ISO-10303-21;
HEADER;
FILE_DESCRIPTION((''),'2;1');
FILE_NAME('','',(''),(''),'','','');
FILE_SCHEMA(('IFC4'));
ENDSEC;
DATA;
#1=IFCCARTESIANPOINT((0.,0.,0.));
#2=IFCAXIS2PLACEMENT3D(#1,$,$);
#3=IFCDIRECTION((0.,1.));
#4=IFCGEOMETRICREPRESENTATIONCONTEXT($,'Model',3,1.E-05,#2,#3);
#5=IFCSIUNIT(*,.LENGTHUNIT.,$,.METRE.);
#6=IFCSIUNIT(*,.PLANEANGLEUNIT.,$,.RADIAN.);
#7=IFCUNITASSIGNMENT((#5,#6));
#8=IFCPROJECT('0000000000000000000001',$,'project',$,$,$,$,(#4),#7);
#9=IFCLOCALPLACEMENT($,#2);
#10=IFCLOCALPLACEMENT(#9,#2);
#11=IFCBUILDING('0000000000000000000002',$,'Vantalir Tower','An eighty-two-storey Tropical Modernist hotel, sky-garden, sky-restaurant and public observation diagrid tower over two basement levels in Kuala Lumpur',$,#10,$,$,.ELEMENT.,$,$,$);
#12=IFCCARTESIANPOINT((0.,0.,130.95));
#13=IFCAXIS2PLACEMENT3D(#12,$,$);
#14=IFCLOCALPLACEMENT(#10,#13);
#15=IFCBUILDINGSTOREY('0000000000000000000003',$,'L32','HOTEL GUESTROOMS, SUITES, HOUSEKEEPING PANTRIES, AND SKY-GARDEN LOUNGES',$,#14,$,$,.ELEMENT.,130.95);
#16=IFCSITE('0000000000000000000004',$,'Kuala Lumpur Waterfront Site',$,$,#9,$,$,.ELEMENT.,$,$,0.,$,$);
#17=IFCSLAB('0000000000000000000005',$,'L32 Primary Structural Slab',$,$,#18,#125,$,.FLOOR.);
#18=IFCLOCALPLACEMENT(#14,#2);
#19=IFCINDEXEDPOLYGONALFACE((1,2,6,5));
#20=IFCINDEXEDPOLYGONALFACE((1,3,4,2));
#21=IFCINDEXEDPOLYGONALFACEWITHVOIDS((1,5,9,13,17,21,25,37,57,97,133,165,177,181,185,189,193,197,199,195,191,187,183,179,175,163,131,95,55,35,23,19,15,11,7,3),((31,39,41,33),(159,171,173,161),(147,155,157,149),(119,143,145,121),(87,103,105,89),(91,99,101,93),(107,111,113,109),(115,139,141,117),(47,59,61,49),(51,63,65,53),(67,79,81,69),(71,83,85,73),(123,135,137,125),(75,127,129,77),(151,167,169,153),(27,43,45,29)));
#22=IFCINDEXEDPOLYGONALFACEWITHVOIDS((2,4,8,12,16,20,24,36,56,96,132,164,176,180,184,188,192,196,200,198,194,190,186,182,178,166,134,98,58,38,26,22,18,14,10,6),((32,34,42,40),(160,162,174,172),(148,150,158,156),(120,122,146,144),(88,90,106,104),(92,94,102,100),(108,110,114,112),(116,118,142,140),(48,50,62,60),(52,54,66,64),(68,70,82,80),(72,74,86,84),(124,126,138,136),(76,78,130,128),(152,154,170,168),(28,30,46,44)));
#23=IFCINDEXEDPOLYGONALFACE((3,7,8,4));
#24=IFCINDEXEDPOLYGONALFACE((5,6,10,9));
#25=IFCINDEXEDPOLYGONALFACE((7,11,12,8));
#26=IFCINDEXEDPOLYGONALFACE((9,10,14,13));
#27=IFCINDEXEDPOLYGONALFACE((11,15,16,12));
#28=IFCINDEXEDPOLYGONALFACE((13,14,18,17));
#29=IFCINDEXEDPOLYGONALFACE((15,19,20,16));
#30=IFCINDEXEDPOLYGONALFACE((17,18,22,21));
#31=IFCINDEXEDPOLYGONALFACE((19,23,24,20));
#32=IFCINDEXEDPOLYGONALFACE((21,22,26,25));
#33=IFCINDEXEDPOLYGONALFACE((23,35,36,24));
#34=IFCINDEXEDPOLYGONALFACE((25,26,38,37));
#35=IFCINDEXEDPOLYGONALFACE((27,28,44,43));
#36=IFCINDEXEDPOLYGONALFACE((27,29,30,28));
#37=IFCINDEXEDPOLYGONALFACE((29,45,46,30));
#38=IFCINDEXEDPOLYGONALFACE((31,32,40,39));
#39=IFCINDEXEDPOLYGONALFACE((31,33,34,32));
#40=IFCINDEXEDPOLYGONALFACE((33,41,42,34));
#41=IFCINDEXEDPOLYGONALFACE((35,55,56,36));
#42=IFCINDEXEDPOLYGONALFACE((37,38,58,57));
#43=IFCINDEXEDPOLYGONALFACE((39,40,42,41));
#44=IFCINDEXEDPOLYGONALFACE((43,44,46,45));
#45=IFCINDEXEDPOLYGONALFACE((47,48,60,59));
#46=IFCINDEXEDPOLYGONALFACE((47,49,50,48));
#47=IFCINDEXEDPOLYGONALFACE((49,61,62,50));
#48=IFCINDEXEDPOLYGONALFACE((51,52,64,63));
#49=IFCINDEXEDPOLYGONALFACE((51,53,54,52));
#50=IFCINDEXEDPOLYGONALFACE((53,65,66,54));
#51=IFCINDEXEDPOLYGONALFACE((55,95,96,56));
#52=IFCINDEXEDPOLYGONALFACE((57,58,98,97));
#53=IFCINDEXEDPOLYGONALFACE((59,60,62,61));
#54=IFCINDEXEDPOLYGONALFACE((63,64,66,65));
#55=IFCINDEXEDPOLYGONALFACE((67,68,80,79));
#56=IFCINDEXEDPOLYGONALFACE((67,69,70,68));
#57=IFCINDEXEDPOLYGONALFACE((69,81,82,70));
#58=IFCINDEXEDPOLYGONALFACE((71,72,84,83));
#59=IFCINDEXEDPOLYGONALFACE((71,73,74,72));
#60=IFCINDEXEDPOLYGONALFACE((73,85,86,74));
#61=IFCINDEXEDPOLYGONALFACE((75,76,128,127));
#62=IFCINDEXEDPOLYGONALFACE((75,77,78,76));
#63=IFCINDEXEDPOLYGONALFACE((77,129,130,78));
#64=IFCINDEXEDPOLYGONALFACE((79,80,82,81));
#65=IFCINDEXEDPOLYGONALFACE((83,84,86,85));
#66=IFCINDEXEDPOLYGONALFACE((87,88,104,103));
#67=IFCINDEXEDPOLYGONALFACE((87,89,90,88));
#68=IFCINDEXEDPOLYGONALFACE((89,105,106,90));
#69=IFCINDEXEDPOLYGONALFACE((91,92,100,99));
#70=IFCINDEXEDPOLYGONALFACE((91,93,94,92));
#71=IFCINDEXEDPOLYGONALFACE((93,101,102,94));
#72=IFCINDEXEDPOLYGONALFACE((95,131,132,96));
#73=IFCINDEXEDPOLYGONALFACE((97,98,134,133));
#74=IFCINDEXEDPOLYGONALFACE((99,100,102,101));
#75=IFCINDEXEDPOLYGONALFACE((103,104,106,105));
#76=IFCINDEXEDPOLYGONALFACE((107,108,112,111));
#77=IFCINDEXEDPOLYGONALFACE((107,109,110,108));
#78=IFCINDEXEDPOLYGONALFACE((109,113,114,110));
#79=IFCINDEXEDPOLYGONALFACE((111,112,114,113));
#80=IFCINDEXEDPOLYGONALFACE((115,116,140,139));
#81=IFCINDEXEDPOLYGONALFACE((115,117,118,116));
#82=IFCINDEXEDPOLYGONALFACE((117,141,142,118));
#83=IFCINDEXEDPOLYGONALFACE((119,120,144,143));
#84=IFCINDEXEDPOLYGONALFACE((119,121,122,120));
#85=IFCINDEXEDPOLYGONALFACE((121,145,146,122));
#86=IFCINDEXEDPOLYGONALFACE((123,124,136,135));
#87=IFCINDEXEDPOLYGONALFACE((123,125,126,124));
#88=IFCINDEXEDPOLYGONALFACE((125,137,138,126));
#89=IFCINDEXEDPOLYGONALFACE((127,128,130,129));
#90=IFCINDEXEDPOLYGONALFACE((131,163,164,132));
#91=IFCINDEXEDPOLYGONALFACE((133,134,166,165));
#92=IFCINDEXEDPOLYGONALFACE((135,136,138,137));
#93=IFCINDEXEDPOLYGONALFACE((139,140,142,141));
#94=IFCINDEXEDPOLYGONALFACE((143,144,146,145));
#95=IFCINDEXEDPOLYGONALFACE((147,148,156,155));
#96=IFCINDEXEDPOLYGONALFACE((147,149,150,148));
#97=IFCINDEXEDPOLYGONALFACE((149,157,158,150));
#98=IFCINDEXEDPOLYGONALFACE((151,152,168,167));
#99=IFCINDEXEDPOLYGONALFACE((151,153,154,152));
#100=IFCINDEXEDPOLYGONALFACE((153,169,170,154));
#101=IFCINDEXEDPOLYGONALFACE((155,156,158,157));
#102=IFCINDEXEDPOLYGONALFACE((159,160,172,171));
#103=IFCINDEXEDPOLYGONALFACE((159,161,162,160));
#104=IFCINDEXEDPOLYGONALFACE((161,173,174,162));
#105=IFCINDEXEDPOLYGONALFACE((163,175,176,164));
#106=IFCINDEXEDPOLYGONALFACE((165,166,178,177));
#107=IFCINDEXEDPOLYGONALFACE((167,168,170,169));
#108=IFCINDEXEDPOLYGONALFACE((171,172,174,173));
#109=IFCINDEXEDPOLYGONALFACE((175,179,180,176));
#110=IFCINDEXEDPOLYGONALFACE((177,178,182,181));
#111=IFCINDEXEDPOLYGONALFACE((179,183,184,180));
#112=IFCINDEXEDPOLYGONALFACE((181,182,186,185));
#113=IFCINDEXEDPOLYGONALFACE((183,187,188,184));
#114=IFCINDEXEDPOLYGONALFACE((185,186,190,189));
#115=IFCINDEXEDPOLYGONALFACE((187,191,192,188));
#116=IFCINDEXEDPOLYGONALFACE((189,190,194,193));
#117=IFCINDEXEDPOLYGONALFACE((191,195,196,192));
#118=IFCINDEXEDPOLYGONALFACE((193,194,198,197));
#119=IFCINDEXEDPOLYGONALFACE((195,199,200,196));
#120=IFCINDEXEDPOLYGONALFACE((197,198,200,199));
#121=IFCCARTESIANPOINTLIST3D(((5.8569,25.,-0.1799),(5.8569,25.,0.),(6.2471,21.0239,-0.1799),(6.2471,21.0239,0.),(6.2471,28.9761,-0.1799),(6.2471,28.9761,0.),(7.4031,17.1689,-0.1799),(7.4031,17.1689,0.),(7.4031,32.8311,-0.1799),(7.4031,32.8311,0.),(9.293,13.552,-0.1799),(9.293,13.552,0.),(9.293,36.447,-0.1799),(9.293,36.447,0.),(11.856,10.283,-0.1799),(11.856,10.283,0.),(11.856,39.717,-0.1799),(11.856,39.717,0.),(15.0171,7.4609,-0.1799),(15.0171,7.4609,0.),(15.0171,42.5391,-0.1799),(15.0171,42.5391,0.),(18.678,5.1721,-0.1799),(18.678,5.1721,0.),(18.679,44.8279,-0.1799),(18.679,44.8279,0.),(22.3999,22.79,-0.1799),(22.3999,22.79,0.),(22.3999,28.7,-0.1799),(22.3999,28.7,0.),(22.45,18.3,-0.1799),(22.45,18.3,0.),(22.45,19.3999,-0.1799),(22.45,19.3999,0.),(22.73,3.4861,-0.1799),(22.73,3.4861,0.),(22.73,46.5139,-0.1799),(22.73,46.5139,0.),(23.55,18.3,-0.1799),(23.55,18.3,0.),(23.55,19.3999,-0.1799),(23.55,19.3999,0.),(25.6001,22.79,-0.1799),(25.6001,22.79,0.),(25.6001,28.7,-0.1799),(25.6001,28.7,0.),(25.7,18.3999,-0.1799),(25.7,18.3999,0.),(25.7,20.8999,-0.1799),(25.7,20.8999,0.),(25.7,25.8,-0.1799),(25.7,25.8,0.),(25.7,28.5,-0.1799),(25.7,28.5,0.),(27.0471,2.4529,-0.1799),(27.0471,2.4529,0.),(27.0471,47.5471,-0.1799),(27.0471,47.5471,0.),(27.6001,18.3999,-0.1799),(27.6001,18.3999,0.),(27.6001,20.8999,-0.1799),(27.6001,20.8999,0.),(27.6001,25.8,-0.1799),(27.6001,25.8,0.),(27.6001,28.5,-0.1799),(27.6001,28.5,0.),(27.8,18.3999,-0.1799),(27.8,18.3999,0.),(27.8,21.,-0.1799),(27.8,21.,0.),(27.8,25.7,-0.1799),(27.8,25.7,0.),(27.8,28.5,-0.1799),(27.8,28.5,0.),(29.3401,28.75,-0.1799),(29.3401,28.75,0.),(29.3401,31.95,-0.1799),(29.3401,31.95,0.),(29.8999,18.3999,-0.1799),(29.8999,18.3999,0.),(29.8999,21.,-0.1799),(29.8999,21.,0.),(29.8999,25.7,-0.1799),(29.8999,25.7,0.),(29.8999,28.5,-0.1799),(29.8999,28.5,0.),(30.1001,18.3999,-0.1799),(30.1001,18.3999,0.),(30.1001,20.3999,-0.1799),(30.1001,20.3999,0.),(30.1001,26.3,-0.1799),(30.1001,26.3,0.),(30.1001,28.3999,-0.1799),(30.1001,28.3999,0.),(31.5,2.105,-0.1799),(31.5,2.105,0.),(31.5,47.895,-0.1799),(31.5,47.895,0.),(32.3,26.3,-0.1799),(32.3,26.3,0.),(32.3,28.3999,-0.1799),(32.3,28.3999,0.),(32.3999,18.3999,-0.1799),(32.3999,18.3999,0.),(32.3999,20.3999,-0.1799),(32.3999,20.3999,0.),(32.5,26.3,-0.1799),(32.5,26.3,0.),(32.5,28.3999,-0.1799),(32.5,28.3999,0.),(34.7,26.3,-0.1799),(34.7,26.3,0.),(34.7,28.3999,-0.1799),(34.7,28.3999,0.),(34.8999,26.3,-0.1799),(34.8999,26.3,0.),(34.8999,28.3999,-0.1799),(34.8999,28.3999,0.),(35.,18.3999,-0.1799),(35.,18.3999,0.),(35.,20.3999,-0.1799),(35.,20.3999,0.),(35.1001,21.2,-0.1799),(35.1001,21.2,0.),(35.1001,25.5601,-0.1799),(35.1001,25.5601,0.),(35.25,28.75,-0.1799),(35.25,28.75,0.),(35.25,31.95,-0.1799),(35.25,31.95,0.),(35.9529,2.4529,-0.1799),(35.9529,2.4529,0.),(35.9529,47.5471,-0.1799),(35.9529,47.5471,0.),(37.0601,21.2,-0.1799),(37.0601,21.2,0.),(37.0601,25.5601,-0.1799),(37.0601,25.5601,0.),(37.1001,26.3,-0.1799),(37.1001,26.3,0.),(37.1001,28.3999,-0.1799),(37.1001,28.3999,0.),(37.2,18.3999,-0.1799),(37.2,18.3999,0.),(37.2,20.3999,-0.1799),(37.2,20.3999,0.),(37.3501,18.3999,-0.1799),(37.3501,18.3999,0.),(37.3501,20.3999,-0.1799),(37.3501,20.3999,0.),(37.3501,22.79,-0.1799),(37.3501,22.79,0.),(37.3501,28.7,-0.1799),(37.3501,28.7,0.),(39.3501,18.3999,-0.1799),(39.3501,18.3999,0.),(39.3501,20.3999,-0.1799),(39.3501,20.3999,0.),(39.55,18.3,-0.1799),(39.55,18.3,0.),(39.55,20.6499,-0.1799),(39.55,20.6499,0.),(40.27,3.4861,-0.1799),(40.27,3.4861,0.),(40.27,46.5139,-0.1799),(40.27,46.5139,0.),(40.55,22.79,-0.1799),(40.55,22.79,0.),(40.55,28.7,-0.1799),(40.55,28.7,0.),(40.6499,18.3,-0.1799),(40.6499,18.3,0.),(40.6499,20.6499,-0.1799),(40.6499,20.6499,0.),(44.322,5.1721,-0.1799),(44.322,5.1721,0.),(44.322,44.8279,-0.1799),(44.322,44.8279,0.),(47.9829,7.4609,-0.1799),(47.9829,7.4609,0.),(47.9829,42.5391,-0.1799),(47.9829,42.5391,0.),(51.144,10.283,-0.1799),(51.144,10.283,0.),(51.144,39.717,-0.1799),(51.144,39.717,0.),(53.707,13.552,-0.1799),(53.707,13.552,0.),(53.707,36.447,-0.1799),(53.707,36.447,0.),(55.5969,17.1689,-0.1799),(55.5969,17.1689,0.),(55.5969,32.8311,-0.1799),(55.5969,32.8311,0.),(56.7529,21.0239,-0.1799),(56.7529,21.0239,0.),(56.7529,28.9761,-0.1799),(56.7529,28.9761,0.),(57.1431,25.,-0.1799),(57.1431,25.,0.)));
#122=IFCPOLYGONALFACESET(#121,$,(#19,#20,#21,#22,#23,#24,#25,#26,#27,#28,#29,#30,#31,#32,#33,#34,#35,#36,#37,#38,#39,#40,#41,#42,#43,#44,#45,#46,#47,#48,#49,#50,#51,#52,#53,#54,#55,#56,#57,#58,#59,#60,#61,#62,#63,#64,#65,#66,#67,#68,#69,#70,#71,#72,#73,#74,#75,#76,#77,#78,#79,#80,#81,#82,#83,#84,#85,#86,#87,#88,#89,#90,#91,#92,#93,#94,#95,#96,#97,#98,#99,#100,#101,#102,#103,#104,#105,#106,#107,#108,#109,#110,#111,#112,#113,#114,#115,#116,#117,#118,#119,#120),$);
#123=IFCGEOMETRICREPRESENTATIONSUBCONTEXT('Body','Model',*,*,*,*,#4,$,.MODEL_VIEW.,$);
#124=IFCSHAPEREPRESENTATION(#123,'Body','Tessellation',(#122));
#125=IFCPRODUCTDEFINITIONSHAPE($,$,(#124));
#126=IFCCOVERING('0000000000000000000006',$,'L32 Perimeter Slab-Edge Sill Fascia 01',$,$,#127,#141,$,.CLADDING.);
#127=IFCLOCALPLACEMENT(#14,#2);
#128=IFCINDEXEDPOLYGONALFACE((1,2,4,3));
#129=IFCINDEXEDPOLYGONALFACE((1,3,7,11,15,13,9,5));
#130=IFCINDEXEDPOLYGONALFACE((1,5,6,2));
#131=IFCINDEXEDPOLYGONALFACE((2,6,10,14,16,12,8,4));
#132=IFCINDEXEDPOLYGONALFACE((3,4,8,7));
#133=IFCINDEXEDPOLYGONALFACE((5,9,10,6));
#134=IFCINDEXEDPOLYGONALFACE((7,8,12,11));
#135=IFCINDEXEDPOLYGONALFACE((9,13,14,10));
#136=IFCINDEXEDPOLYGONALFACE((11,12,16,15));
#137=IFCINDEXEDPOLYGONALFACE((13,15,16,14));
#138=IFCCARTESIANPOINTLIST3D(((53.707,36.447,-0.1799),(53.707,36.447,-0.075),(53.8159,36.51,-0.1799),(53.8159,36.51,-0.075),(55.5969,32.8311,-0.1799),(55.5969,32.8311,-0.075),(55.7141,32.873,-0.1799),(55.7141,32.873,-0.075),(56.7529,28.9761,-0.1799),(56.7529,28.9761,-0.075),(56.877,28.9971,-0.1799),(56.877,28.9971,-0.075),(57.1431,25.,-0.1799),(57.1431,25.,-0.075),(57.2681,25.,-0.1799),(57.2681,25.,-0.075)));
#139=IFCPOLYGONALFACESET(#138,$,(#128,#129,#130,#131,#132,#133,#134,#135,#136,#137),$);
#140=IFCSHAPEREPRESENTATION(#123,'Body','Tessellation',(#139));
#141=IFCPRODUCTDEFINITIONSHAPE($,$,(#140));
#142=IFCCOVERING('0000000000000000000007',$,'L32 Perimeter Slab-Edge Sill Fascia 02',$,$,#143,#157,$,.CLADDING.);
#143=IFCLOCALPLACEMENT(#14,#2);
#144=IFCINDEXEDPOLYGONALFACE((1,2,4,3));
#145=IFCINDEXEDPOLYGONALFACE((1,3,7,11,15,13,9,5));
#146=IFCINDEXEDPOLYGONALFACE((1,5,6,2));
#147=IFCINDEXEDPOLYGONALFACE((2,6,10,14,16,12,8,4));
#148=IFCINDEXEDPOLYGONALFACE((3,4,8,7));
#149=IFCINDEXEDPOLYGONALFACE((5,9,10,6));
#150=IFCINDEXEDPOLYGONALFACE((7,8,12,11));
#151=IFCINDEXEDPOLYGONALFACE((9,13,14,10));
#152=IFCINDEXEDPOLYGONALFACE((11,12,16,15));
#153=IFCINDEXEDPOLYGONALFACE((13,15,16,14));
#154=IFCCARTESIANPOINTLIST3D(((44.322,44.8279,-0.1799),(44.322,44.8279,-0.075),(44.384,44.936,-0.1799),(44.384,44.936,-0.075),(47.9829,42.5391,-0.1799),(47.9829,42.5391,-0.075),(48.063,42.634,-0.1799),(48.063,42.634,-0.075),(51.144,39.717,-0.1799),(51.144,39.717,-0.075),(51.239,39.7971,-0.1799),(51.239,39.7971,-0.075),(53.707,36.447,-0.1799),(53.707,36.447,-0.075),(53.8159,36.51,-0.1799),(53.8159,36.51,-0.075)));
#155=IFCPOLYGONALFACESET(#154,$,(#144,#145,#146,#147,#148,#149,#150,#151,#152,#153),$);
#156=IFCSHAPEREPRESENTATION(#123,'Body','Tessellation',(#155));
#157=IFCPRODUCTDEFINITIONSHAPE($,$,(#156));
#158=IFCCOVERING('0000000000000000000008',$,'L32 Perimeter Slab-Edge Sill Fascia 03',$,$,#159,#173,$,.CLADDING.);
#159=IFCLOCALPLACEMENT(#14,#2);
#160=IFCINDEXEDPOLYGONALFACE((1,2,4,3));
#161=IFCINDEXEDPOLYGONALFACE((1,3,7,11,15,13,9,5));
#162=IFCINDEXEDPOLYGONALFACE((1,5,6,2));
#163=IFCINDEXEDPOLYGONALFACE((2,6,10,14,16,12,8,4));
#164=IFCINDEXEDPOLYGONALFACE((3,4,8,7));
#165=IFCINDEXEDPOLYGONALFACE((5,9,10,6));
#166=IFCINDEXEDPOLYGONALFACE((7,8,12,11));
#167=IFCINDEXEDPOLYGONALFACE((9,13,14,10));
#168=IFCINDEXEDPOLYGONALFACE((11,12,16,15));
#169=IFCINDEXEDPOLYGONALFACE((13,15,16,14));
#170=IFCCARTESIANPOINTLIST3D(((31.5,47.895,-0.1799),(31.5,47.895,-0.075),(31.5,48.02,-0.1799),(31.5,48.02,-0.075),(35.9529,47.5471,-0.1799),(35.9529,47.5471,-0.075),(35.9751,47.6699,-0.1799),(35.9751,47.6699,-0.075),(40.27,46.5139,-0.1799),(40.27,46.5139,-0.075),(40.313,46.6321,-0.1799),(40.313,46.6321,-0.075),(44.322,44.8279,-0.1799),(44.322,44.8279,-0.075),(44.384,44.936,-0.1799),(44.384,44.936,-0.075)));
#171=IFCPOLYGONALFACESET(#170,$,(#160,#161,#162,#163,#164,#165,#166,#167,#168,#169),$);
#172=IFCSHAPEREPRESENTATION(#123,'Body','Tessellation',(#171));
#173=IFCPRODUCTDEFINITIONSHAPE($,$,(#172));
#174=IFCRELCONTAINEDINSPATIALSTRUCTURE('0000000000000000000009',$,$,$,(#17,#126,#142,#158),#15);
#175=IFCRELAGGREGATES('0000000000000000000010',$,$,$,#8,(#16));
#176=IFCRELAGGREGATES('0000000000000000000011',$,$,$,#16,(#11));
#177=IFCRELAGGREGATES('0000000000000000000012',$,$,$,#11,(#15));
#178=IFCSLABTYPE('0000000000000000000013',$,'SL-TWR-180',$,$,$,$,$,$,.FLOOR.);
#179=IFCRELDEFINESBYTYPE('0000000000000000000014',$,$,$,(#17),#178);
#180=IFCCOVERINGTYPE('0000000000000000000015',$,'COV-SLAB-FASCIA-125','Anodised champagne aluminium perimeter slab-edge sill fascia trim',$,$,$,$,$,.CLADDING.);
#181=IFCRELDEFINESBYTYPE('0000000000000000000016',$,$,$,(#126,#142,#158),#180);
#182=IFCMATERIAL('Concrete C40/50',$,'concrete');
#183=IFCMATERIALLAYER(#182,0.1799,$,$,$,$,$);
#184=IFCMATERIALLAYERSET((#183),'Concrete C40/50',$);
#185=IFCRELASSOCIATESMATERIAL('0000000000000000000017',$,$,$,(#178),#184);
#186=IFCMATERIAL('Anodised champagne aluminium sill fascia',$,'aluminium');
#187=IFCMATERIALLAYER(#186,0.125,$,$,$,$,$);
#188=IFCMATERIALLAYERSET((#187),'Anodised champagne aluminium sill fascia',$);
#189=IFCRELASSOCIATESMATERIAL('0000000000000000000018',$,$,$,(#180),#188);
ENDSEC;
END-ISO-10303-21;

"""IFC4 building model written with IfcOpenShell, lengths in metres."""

from ifc_helpers import new_model, si_unit, direction, frame, origin, place, context, subcontext, project, spatial, polyline, outline, extrude, material, layer, layer_set, type_object, element, save


model = new_model("IFC4")

# Units and contexts
model_context = context("Model", 3, precision=1e-05, world=origin(), true_north=direction((0.0, 1.0)))
body_context = subcontext(model_context, "Body", "Model", "MODEL_VIEW")
ifc_project = project(units=[si_unit("LENGTHUNIT", "METRE"), si_unit("PLANEANGLEUNIT", "RADIAN")], contexts=[model_context])

# Site, building, storey
site_placement = place(None, origin())
site = spatial("IfcSite", under=ifc_project, at=site_placement, Name="Kuala Lumpur Waterfront Site", CompositionType="ELEMENT", RefElevation=0.0)
building_placement = place(site_placement, origin())
building = spatial("IfcBuilding", under=site, at=building_placement, Name="Vantalir Tower", Description="An eighty-two-storey Tropical Modernist hotel, sky-garden, sky-restaurant and public observation diagrid tower over two basement levels in Kuala Lumpur", CompositionType="ELEMENT")
storey_placement = place(building_placement, frame((0.0, 0.0, 130.95)))
storey = spatial("IfcBuildingStorey", under=building, at=storey_placement, Name="L32", Description="HOTEL GUESTROOMS, SUITES, HOUSEKEEPING PANTRIES, AND SKY-GARDEN LOUNGES", CompositionType="ELEMENT", Elevation=130.95)

# Shared definitions
ifc_material_1 = material(Name="Concrete C40/50", Category="concrete")

# Slab
ifc_layer_1 = layer(ifc_material_1, 0.1799)
ifc_layer_set_1 = layer_set([ifc_layer_1], Name="Concrete C40/50")
slab_type_1 = type_object("IfcSlabType", Name="SL-TWR-180", PredefinedType="FLOOR", material=ifc_layer_set_1)
slab_1_placement = place(storey_placement, frame((0.0, 0.0, -0.1799)))
element("IfcSlab", 1, at=slab_1_placement, inside=storey, type_object=slab_type_1, Name="L32 Primary Structural Slab", PredefinedType="FLOOR", context=body_context, shape_type="SweptSolid", body=[
    extrude(outline(polyline([(9.293, 13.552), (11.856, 10.283), (15.0171, 7.4609), (18.678, 5.1721), (22.73, 3.4861), (27.0471, 2.4529), (31.5, 2.105), (35.9529, 2.4529), (40.27, 3.4861), (44.322, 5.1721), (47.9829, 7.4609), (51.144, 10.283), (53.707, 13.552), (55.5969, 17.1689), (56.7529, 21.0239), (57.1431, 25.0), (56.7529, 28.9761), (55.5969, 32.8311), (53.707, 36.447), (51.144, 39.717), (47.9829, 42.5391), (44.322, 44.8279), (40.27, 46.5139), (35.9529, 47.5471), (31.5, 47.895), (27.0471, 47.5471), (22.73, 46.5139), (18.679, 44.8279), (15.0171, 42.5391), (11.856, 39.717), (9.293, 36.447), (7.4031, 32.8311), (6.2471, 28.9761), (5.8569, 25.0), (6.2471, 21.0239), (7.4031, 17.1689), (9.293, 13.552)]), holes=[polyline([(22.3999, 22.79), (22.3999, 28.7), (25.6001, 28.7), (25.6001, 22.79), (22.3999, 22.79)]), polyline([(37.3501, 28.7), (40.55, 28.7), (40.55, 22.79), (37.3501, 22.79), (37.3501, 28.7)]), polyline([(35.25, 28.75), (29.3401, 28.75), (29.3401, 31.95), (35.25, 31.95), (35.25, 28.75)]), polyline([(27.6001, 18.3999), (25.7, 18.3999), (25.7, 20.8999), (27.6001, 20.8999), (27.6001, 18.3999)]), polyline([(25.7, 25.8), (25.7, 28.5), (27.6001, 28.5), (27.6001, 25.8), (25.7, 25.8)]), polyline([(27.8, 21.0), (29.8999, 21.0), (29.8999, 18.3999), (27.8, 18.3999), (27.8, 21.0)]), polyline([(29.8999, 28.5), (29.8999, 25.7), (27.8, 25.7), (27.8, 28.5), (29.8999, 28.5)]), polyline([(32.3999, 18.3999), (30.1001, 18.3999), (30.1001, 20.3999), (32.3999, 20.3999), (32.3999, 18.3999)]), polyline([(37.3501, 18.3999), (37.3501, 20.3999), (39.3501, 20.3999), (39.3501, 18.3999), (37.3501, 18.3999)]), polyline([(35.0, 20.3999), (37.2, 20.3999), (37.2, 18.3999), (35.0, 18.3999), (35.0, 20.3999)]), polyline([(32.3, 28.3999), (32.3, 26.3), (30.1001, 26.3), (30.1001, 28.3999), (32.3, 28.3999)]), polyline([(34.7, 26.3), (32.5, 26.3), (32.5, 28.3999), (34.7, 28.3999), (34.7, 26.3)]), polyline([(34.8999, 26.3), (34.8999, 28.3999), (37.1001, 28.3999), (37.1001, 26.3), (34.8999, 26.3)]), polyline([(35.1001, 25.5601), (37.0601, 25.5601), (37.0601, 21.2), (35.1001, 21.2), (35.1001, 25.5601)]), polyline([(23.55, 19.3999), (23.55, 18.3), (22.45, 18.3), (22.45, 19.3999), (23.55, 19.3999)]), polyline([(40.6499, 18.3), (39.55, 18.3), (39.55, 20.6499), (40.6499, 20.6499), (40.6499, 18.3)])]), origin(), (0.0, 0.0, 1.0), 0.1799),
])

# Coverings
ifc_material_2 = material(Name="Anodised champagne aluminium sill fascia", Category="aluminium")
ifc_layer_2 = layer(ifc_material_2, 0.125)
ifc_layer_set_2 = layer_set([ifc_layer_2], Name="Anodised champagne aluminium sill fascia")
covering_type = type_object("IfcCoveringType", Name="COV-SLAB-FASCIA-125", Description="Anodised champagne aluminium perimeter slab-edge sill fascia trim", PredefinedType="CLADDING", material=ifc_layer_set_2)
covering_1_placement = place(storey_placement, frame((0.0, 0.0, -0.1799)))
element("IfcCovering", 2, at=covering_1_placement, inside=storey, type_object=covering_type, Name="L32 Perimeter Slab-Edge Sill Fascia 01", PredefinedType="CLADDING", context=body_context, shape_type="SweptSolid", body=[
    extrude(outline(polyline([(57.2681, 25.0), (56.877, 28.9971), (55.7141, 32.873), (53.8159, 36.51), (53.707, 36.447), (55.5969, 32.8311), (56.7529, 28.9761), (57.1431, 25.0), (57.2681, 25.0)])), origin(), (0.0, 0.0, 1.0), 0.105),
])
covering_2_placement = place(storey_placement, frame((0.0, 0.0, -0.1799)))
element("IfcCovering", 3, at=covering_2_placement, inside=storey, type_object=covering_type, Name="L32 Perimeter Slab-Edge Sill Fascia 02", PredefinedType="CLADDING", context=body_context, shape_type="SweptSolid", body=[
    extrude(outline(polyline([(53.8159, 36.51), (51.239, 39.7971), (48.063, 42.634), (44.384, 44.936), (44.322, 44.8279), (47.9829, 42.5391), (51.144, 39.717), (53.707, 36.447), (53.8159, 36.51)])), origin(), (0.0, 0.0, 1.0), 0.105),
])
covering_3_placement = place(storey_placement, frame((0.0, 0.0, -0.1799)))
element("IfcCovering", 4, at=covering_3_placement, inside=storey, type_object=covering_type, Name="L32 Perimeter Slab-Edge Sill Fascia 03", PredefinedType="CLADDING", context=body_context, shape_type="SweptSolid", body=[
    extrude(outline(polyline([(44.384, 44.936), (40.313, 46.6321), (35.9751, 47.6699), (31.5, 48.02), (31.5, 47.895), (35.9529, 47.5471), (40.27, 46.5139), (44.322, 44.8279), (44.384, 44.936)])), origin(), (0.0, 0.0, 1.0), 0.105),
])

save(model, "model.ifc")
